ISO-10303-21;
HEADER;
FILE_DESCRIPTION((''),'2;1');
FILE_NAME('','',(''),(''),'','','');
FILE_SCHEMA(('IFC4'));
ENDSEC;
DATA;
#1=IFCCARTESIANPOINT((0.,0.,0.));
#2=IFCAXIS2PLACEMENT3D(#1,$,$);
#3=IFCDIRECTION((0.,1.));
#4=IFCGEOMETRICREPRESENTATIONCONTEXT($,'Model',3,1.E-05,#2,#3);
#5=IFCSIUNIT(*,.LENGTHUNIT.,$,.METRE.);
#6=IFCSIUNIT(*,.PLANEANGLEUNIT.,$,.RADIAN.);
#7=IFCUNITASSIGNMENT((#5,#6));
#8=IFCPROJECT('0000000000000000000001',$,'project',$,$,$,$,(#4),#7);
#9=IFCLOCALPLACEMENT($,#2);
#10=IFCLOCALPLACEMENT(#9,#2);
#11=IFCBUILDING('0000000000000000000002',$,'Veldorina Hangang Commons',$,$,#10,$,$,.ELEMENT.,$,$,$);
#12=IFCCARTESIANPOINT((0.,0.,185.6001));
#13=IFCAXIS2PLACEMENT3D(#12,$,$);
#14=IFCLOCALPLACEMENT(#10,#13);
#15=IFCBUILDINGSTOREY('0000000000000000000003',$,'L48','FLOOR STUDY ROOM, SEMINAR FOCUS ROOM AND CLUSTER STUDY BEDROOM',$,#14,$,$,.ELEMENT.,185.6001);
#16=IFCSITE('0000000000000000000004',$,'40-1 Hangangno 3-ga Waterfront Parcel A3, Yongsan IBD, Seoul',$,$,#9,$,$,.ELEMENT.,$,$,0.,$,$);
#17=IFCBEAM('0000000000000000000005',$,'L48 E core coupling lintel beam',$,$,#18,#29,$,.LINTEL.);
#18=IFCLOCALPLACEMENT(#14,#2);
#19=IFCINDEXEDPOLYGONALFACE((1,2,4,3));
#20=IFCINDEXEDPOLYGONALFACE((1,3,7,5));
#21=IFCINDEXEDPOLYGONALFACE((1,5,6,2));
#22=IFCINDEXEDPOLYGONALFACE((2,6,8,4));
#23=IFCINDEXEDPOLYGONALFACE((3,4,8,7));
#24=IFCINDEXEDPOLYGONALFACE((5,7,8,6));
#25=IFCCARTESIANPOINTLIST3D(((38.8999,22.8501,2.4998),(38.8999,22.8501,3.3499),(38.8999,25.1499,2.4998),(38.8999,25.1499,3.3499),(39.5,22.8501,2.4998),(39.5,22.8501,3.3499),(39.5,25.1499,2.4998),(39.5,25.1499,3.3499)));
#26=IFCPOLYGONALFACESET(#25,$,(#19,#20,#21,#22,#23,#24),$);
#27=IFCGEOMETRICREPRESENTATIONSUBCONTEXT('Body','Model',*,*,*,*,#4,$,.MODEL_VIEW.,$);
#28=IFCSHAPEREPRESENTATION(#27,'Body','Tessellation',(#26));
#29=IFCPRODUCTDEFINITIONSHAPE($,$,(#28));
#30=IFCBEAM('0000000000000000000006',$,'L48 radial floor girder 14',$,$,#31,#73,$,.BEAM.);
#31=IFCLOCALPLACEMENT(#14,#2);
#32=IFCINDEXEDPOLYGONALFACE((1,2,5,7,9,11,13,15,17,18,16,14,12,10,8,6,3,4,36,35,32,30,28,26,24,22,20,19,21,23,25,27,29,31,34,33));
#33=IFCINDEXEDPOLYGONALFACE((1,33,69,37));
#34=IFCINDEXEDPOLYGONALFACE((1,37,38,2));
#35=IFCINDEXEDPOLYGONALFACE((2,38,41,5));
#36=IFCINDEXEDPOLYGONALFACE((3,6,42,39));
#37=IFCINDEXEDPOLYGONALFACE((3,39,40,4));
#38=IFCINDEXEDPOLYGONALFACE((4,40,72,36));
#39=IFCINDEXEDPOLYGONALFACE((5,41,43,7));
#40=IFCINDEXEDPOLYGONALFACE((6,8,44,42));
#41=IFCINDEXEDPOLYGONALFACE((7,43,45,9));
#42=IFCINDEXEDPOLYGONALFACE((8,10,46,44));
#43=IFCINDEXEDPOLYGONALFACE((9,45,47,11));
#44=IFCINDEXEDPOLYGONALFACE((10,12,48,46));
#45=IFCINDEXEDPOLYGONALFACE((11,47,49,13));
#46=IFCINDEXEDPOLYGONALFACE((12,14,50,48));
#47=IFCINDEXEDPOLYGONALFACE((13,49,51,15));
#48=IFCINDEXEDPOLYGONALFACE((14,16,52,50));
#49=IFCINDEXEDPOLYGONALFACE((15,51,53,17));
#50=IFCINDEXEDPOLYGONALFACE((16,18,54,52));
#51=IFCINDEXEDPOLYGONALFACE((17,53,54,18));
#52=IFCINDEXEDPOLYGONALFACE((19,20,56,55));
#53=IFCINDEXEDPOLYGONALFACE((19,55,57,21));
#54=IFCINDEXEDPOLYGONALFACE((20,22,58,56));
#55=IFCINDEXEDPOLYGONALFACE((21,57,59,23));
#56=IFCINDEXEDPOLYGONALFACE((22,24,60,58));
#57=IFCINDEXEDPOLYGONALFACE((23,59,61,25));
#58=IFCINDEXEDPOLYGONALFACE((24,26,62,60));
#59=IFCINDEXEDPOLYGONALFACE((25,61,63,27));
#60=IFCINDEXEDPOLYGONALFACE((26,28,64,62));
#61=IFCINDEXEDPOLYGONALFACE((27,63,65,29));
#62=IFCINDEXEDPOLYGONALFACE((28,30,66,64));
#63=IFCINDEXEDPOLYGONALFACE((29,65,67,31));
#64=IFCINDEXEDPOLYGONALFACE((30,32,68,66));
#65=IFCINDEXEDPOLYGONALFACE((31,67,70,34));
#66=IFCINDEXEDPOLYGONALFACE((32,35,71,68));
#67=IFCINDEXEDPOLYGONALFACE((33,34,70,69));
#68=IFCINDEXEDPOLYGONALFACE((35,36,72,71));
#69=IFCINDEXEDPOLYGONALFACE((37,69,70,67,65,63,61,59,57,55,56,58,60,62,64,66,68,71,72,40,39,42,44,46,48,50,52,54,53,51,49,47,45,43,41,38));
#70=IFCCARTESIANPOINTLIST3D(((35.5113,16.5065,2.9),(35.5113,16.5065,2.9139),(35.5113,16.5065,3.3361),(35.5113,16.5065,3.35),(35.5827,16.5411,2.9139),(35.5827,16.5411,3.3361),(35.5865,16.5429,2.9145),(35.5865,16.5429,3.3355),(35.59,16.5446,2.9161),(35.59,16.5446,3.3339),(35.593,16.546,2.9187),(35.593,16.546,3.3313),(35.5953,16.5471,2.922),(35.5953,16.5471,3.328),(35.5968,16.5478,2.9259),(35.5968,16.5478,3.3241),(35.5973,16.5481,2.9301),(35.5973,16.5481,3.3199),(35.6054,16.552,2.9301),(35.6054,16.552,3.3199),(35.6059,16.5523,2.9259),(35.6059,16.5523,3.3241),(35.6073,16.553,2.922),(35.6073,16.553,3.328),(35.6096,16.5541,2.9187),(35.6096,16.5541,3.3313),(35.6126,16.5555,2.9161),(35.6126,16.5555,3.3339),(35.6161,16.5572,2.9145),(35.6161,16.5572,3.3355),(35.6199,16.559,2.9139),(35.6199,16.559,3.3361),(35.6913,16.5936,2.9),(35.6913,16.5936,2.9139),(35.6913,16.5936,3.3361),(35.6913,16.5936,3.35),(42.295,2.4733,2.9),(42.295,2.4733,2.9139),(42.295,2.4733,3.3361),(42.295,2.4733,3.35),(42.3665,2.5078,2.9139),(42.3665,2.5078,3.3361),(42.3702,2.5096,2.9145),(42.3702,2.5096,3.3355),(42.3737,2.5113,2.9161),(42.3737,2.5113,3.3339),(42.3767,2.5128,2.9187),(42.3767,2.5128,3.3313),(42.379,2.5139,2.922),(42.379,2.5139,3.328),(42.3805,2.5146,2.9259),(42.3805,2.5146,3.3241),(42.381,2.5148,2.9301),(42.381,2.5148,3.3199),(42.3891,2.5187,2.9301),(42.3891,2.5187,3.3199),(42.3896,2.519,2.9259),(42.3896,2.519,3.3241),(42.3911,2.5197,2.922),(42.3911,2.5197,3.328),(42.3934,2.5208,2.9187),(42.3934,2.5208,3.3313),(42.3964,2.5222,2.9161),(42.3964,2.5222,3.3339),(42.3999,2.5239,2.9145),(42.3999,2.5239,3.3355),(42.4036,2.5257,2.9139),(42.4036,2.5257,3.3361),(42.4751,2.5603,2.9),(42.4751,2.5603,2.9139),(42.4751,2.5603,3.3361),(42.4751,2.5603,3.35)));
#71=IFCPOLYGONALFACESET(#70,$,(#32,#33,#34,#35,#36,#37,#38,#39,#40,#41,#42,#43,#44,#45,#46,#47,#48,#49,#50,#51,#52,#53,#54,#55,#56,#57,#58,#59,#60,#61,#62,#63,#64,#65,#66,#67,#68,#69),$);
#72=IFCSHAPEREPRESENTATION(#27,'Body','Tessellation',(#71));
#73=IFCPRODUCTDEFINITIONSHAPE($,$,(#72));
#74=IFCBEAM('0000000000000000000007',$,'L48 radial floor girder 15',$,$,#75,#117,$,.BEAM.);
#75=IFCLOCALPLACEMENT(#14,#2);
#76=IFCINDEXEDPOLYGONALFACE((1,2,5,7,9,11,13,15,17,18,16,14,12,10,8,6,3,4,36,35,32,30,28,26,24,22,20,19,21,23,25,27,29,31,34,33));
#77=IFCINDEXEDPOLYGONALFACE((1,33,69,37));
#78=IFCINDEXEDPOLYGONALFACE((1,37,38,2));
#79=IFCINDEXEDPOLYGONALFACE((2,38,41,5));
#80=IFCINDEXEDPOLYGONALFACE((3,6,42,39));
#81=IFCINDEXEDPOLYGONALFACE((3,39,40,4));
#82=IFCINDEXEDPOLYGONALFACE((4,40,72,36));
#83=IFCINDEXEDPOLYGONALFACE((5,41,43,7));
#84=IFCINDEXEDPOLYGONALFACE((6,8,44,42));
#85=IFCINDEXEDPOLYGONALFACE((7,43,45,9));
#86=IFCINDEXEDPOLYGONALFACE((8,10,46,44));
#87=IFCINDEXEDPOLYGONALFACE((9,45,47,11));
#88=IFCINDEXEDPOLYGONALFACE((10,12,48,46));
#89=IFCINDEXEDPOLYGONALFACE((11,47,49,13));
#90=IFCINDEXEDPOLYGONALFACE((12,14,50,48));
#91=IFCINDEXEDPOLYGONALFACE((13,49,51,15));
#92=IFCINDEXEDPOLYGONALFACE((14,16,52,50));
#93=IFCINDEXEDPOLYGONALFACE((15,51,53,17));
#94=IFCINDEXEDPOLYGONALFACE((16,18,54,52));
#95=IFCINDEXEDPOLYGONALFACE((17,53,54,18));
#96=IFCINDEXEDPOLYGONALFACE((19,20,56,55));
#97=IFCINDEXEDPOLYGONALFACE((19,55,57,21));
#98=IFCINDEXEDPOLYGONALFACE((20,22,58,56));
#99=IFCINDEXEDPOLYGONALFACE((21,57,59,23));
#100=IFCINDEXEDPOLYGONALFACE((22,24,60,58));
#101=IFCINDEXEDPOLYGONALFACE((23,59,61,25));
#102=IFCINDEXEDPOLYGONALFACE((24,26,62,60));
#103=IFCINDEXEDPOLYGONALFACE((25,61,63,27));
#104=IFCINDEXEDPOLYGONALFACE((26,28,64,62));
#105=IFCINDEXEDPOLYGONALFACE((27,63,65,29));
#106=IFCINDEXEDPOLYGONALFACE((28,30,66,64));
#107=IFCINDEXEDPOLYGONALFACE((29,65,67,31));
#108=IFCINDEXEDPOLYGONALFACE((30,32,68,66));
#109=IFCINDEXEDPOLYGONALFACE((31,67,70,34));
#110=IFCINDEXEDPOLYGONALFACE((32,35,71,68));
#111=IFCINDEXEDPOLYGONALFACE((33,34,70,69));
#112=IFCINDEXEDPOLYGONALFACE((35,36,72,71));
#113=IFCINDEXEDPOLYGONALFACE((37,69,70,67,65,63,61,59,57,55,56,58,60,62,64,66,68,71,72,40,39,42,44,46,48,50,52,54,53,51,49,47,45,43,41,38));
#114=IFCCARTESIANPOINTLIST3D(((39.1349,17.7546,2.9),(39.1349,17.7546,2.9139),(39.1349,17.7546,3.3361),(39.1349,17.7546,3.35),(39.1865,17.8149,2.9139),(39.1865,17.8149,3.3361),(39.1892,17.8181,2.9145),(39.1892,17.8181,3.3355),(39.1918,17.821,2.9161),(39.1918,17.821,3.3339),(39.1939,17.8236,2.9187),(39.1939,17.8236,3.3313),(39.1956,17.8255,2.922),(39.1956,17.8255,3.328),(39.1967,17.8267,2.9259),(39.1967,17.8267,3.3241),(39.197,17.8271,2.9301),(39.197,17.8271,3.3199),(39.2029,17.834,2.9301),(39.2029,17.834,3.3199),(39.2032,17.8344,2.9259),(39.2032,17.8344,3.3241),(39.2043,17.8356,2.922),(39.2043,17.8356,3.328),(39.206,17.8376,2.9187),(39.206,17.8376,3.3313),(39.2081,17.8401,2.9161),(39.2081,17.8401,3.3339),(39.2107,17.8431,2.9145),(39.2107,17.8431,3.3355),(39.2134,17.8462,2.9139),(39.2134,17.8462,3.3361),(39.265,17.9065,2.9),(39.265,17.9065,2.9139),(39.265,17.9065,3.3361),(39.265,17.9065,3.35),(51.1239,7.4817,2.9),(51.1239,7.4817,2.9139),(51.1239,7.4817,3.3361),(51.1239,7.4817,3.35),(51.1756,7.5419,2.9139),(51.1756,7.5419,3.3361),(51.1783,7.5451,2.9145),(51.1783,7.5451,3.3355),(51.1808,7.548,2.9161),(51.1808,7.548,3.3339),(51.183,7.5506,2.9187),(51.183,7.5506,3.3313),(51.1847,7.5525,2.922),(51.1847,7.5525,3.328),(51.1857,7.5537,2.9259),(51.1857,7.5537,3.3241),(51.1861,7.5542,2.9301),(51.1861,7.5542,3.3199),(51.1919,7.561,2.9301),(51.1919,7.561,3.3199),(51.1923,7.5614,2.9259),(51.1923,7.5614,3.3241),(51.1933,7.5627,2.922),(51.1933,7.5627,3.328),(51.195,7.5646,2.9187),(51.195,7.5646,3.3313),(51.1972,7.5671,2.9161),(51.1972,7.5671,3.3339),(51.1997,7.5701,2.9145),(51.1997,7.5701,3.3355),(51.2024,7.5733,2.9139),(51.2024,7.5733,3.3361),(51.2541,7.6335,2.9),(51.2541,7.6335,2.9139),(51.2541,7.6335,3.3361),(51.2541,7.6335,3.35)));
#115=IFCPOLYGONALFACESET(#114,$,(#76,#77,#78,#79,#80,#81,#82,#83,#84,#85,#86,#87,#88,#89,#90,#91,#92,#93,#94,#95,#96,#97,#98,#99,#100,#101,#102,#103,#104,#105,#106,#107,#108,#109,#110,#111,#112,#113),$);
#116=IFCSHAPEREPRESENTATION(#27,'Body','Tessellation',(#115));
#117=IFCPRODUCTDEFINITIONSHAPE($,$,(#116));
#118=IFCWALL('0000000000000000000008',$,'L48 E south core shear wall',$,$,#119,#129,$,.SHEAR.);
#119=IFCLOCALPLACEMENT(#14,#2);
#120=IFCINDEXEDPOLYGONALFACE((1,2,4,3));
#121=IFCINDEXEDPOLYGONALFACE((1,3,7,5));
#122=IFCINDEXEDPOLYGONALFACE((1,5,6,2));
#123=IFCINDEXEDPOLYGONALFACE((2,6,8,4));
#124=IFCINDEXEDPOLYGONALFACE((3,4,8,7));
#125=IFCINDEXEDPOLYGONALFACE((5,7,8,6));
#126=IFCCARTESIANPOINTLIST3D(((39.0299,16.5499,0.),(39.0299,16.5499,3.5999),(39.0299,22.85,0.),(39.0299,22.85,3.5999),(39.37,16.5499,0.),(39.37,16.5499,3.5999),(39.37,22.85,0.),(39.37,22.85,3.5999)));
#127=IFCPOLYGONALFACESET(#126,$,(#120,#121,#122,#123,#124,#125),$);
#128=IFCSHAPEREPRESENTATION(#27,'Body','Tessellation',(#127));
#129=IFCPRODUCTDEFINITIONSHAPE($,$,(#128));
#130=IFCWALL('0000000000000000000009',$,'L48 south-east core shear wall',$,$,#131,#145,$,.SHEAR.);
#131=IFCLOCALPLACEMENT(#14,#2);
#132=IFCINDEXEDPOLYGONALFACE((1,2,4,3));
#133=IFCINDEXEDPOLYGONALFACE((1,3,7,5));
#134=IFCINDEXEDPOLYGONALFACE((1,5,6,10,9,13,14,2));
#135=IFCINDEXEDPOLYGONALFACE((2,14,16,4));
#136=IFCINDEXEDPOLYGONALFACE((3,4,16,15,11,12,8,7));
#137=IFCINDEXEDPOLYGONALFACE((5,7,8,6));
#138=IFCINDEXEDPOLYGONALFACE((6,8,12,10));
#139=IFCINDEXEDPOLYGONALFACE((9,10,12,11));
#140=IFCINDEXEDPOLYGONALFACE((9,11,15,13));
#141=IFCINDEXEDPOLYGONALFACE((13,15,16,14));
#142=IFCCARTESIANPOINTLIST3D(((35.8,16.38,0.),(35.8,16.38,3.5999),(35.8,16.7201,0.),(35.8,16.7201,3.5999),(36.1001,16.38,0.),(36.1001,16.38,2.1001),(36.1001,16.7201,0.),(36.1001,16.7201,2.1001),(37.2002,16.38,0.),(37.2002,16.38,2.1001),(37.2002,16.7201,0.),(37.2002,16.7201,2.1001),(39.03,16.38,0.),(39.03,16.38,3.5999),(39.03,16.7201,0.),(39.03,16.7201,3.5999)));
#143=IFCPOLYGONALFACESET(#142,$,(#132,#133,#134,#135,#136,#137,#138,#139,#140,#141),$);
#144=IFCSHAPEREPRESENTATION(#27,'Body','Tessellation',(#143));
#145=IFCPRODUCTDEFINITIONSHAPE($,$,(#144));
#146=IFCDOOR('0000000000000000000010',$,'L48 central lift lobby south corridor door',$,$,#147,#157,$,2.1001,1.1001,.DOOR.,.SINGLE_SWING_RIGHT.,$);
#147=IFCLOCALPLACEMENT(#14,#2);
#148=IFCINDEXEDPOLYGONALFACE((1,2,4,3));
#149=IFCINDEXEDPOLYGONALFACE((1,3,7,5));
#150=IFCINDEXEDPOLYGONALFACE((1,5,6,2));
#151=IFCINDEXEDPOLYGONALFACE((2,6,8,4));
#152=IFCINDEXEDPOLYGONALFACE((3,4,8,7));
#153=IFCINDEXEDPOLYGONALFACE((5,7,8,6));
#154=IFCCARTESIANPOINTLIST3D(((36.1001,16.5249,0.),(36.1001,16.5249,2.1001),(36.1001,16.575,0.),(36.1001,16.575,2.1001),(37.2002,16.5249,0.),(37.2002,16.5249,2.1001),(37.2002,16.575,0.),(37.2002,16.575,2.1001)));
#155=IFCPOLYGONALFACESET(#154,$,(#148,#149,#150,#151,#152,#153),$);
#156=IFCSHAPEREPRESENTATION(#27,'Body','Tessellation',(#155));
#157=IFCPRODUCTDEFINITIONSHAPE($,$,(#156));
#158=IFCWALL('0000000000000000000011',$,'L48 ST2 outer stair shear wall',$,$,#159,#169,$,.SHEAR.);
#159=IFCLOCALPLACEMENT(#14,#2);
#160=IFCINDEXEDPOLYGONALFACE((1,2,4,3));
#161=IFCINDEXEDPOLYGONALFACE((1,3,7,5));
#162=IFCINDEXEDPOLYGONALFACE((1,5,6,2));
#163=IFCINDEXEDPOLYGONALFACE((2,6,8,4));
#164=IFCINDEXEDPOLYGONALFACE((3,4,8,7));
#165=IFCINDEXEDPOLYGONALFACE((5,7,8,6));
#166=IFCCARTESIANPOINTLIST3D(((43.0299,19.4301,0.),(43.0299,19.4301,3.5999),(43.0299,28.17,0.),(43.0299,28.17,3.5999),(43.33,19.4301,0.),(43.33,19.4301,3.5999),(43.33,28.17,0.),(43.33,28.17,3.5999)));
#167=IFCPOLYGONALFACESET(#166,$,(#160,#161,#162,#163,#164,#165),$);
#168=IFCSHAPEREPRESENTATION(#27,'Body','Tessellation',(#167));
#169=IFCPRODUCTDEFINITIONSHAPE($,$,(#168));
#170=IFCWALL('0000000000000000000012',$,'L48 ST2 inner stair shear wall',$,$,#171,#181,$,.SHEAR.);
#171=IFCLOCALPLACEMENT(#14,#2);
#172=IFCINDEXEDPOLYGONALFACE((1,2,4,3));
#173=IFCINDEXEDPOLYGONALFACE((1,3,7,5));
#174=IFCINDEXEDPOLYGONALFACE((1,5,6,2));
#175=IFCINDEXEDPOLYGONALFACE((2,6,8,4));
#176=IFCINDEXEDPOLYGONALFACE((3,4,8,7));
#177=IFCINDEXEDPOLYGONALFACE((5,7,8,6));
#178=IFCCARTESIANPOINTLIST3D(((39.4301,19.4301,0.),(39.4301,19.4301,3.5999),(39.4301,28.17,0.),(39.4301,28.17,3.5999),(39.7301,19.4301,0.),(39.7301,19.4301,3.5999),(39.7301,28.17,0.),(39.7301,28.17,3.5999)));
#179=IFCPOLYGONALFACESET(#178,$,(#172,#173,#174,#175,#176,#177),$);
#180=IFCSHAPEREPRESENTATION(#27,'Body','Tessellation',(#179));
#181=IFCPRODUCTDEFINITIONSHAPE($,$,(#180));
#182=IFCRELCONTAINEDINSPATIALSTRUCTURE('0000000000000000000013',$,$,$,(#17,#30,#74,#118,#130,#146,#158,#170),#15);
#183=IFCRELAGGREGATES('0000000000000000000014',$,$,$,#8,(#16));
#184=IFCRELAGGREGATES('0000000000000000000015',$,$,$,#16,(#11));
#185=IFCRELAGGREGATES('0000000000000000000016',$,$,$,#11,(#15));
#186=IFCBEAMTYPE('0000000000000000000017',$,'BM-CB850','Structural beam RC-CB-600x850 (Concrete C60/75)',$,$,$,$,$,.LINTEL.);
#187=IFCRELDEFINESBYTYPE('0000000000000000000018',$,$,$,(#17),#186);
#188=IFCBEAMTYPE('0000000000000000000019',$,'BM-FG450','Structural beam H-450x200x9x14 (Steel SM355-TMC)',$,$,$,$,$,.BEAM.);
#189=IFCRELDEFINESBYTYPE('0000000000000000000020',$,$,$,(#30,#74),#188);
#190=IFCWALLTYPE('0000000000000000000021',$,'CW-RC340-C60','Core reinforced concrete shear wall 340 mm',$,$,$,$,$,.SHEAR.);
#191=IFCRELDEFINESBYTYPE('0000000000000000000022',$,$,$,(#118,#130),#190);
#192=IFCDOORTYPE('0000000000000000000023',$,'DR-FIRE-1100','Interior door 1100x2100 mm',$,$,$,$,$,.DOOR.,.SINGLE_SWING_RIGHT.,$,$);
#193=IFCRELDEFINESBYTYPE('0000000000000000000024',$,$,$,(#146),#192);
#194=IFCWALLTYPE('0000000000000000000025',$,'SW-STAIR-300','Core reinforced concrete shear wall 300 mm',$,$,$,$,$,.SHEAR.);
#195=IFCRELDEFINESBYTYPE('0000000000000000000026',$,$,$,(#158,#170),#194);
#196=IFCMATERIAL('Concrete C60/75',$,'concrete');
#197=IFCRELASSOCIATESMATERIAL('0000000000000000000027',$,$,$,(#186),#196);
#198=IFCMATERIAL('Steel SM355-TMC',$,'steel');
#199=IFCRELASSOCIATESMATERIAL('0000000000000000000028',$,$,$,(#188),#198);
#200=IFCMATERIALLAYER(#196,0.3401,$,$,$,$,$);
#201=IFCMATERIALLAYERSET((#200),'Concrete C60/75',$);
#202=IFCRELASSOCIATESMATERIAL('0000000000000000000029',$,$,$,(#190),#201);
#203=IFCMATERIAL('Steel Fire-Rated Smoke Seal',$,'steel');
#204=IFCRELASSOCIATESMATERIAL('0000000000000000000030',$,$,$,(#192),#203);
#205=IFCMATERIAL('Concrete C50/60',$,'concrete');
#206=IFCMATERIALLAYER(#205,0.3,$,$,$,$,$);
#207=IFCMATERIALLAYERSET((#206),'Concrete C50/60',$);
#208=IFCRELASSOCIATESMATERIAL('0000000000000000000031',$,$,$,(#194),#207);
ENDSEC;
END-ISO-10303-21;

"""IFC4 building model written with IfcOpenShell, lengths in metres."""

from ifc_helpers import new_model, si_unit, direction, frame, frame_2d, origin, origin_2d, place, context, subcontext, project, spatial, rectangle, i_section, extrude, material, layer, layer_set, material_profile, profile_set, type_object, element, fill, save


model = new_model("IFC4")

# Units and contexts
model_context = context("Model", 3, precision=1e-05, world=origin(), true_north=direction((0.0, 1.0)))
body_context = subcontext(model_context, "Body", "Model", "MODEL_VIEW")
ifc_project = project(units=[si_unit("LENGTHUNIT", "METRE"), si_unit("PLANEANGLEUNIT", "RADIAN")], contexts=[model_context])

# Site, building, storey
site_placement = place(None, origin())
site = spatial("IfcSite", under=ifc_project, at=site_placement, Name="40-1 Hangangno 3-ga Waterfront Parcel A3, Yongsan IBD, Seoul", CompositionType="ELEMENT", RefElevation=0.0)
building_placement = place(site_placement, origin())
building = spatial("IfcBuilding", under=site, at=building_placement, Name="Veldorina Hangang Commons", CompositionType="ELEMENT")
storey_placement = place(building_placement, frame((0.0, 0.0, 185.6001)))
storey = spatial("IfcBuildingStorey", under=building, at=storey_placement, Name="L48", Description="FLOOR STUDY ROOM, SEMINAR FOCUS ROOM AND CLUSTER STUDY BEDROOM", CompositionType="ELEMENT", Elevation=185.6001)

# Beams
ifc_material_1 = material(Name="Concrete C60/75", Category="concrete")
ifc_material_profile_1 = material_profile(ifc_material_1, rectangle(XDim=0.6001, YDim=0.8501, at=origin_2d()), Name="RC-CB-600x850")
ifc_profile_set_1 = profile_set([ifc_material_profile_1], Name="Concrete C60/75")
beam_type_1 = type_object("IfcBeamType", Name="BM-CB850", Description="Structural beam RC-CB-600x850 (Concrete C60/75)", PredefinedType="LINTEL", material=ifc_profile_set_1)
beam_1_placement = place(storey_placement, frame((39.2, 22.8501, 2.9248), z_axis=(0.0, 1.0, 0.0), x_axis=(-1.0, 0.0, 0.0)))
element("IfcBeam", 1, at=beam_1_placement, inside=storey, type_object=beam_type_1, Name="L48 E core coupling lintel beam", PredefinedType="LINTEL", context=body_context, shape_type="SweptSolid", body=[
    extrude(rectangle(XDim=0.6001, YDim=0.8501, at=origin_2d()), origin(), (0.0, 0.0, 1.0), 2.2998),
])
ifc_material_2 = material(Name="Steel SM355-TMC", Category="steel")
ifc_material_profile_2 = material_profile(ifc_material_2, i_section(OverallWidth=0.2, OverallDepth=0.45, WebThickness=0.009, FlangeThickness=0.0139, FilletRadius=0.0161, at=origin_2d()), Name="H-450x200x9x14")
ifc_profile_set_2 = profile_set([ifc_material_profile_2], Name="Steel SM355-TMC")
beam_type_2 = type_object("IfcBeamType", Name="BM-FG450", Description="Structural beam H-450x200x9x14 (Steel SM355-TMC)", PredefinedType="BEAM", material=ifc_profile_set_2)
beam_2_placement = place(storey_placement, frame((35.6013, 16.55, 3.125), z_axis=(0.435219, -0.900324, 0.0), x_axis=(0.900324, 0.435219, 0.0)))
element("IfcBeam", 2, at=beam_2_placement, inside=storey, type_object=beam_type_2, Name="L48 radial floor girder 14", PredefinedType="BEAM", context=body_context, shape_type="SweptSolid", body=[
    extrude(i_section(OverallWidth=0.2, OverallDepth=0.45, WebThickness=0.009, FlangeThickness=0.0139, FilletRadius=0.0161, at=origin_2d()), origin(), (0.0, 0.0, 1.0), 15.5869),
])
beam_3_placement = place(storey_placement, frame((39.2, 17.8306, 3.125), z_axis=(0.759361, -0.650669, 0.0), x_axis=(0.650669, 0.759361, 0.0)))
element("IfcBeam", 3, at=beam_3_placement, inside=storey, type_object=beam_type_2, Name="L48 radial floor girder 15", PredefinedType="BEAM", context=body_context, shape_type="SweptSolid", body=[
    extrude(i_section(OverallWidth=0.2, OverallDepth=0.45, WebThickness=0.009, FlangeThickness=0.0139, FilletRadius=0.0161, at=origin_2d()), origin(), (0.0, 0.0, 1.0), 15.7883),
])

# Wall
ifc_layer_1 = layer(ifc_material_1, 0.3401)
ifc_layer_set_1 = layer_set([ifc_layer_1], Name="Concrete C60/75")
wall_type_1 = type_object("IfcWallType", Name="CW-RC340-C60", Description="Core reinforced concrete shear wall 340 mm", PredefinedType="SHEAR", material=ifc_layer_set_1)
wall_1_placement = place(storey_placement, frame((39.2, 16.55, 0.0), z_axis=(0.0, 0.0, 1.0), x_axis=(0.0, 1.0, 0.0)))
element("IfcWall", 4, at=wall_1_placement, inside=storey, type_object=wall_type_1, Name="L48 E south core shear wall", PredefinedType="SHEAR", context=body_context, shape_type="SweptSolid", body=[
    extrude(rectangle(XDim=6.3, YDim=0.3401, at=frame_2d((3.1499, 0.0))), origin(), (0.0, 0.0, 1.0), 3.5999),
])

# Wall, opening, door
wall_2_placement = place(storey_placement, frame((35.8, 16.55, 0.0), z_axis=(0.0, 0.0, 1.0), x_axis=(1.0, 0.0, 0.0)))
wall_2 = element("IfcWall", 5, at=wall_2_placement, inside=storey, type_object=wall_type_1, Name="L48 south-east core shear wall", PredefinedType="SHEAR", context=body_context, shape_type="SweptSolid", body=[
    extrude(rectangle(XDim=3.23, YDim=0.3401, at=frame_2d((1.615, 0.0))), origin(), (0.0, 0.0, 1.0), 3.5999),
])
opening_1_placement = place(wall_2_placement, frame((0.3, 0.0, 0.0)))
opening_1 = element("IfcOpeningElement", 6, at=opening_1_placement, cuts=wall_2, PredefinedType="OPENING", context=body_context, shape_type="SweptSolid", body=[
    extrude(rectangle(XDim=1.1001, YDim=2.1001, at=frame_2d((0.55, 1.05))), frame((0.0, 0.1802, 0.0), z_axis=(0.0, -1.0, 0.0), x_axis=(1.0, 0.0, 0.0)), (0.0, 0.0, 1.0), 0.3601),
])
ifc_material_3 = material(Name="Steel Fire-Rated Smoke Seal", Category="steel")
door_type_1 = type_object("IfcDoorType", Name="DR-FIRE-1100", Description="Interior door 1100x2100 mm", OperationType="SINGLE_SWING_RIGHT", PredefinedType="DOOR", material=ifc_material_3)
door_1_placement = place(opening_1_placement, origin())
door_1 = element("IfcDoor", 7, at=door_1_placement, inside=storey, type_object=door_type_1, Name="L48 central lift lobby south corridor door", OperationType="SINGLE_SWING_RIGHT", OverallHeight=2.1001, OverallWidth=1.1001, PredefinedType="DOOR", context=body_context, shape_type="SweptSolid", body=[
    extrude(rectangle(XDim=1.1001, YDim=2.1001, at=frame_2d((0.55, 1.05))), frame((0.0, 0.0249, 0.0), z_axis=(0.0, -1.0, 0.0), x_axis=(1.0, 0.0, 0.0)), (0.0, 0.0, 1.0), 0.05),
])
fill(opening_1, door_1)

# Walls
ifc_material_4 = material(Name="Concrete C50/60", Category="concrete")
ifc_layer_2 = layer(ifc_material_4, 0.3)
ifc_layer_set_2 = layer_set([ifc_layer_2], Name="Concrete C50/60")
wall_type_2 = type_object("IfcWallType", Name="SW-STAIR-300", Description="Core reinforced concrete shear wall 300 mm", PredefinedType="SHEAR", material=ifc_layer_set_2)
for number, where, z_axis, x_axis, name in (
    (8, (43.1799, 19.4299, 0.0), (0.0, 0.0, 1.0), (0.0, 1.0, 0.0), "L48 ST2 outer stair shear wall"),
    (9, (39.5801, 19.4299, 0.0), (0.0, 0.0, 1.0), (0.0, 1.0, 0.0), "L48 ST2 inner stair shear wall"),
):
    element("IfcWall", number, at=place(storey_placement, frame(where, z_axis=z_axis, x_axis=x_axis)), inside=storey, type_object=wall_type_2, Name=name, PredefinedType="SHEAR", context=body_context, shape_type="SweptSolid", body=[
        extrude(rectangle(XDim=8.74, YDim=0.3, at=frame_2d((4.3701, 0.0))), origin(), (0.0, 0.0, 1.0), 3.5999),
    ])

save(model, "model.ifc")
